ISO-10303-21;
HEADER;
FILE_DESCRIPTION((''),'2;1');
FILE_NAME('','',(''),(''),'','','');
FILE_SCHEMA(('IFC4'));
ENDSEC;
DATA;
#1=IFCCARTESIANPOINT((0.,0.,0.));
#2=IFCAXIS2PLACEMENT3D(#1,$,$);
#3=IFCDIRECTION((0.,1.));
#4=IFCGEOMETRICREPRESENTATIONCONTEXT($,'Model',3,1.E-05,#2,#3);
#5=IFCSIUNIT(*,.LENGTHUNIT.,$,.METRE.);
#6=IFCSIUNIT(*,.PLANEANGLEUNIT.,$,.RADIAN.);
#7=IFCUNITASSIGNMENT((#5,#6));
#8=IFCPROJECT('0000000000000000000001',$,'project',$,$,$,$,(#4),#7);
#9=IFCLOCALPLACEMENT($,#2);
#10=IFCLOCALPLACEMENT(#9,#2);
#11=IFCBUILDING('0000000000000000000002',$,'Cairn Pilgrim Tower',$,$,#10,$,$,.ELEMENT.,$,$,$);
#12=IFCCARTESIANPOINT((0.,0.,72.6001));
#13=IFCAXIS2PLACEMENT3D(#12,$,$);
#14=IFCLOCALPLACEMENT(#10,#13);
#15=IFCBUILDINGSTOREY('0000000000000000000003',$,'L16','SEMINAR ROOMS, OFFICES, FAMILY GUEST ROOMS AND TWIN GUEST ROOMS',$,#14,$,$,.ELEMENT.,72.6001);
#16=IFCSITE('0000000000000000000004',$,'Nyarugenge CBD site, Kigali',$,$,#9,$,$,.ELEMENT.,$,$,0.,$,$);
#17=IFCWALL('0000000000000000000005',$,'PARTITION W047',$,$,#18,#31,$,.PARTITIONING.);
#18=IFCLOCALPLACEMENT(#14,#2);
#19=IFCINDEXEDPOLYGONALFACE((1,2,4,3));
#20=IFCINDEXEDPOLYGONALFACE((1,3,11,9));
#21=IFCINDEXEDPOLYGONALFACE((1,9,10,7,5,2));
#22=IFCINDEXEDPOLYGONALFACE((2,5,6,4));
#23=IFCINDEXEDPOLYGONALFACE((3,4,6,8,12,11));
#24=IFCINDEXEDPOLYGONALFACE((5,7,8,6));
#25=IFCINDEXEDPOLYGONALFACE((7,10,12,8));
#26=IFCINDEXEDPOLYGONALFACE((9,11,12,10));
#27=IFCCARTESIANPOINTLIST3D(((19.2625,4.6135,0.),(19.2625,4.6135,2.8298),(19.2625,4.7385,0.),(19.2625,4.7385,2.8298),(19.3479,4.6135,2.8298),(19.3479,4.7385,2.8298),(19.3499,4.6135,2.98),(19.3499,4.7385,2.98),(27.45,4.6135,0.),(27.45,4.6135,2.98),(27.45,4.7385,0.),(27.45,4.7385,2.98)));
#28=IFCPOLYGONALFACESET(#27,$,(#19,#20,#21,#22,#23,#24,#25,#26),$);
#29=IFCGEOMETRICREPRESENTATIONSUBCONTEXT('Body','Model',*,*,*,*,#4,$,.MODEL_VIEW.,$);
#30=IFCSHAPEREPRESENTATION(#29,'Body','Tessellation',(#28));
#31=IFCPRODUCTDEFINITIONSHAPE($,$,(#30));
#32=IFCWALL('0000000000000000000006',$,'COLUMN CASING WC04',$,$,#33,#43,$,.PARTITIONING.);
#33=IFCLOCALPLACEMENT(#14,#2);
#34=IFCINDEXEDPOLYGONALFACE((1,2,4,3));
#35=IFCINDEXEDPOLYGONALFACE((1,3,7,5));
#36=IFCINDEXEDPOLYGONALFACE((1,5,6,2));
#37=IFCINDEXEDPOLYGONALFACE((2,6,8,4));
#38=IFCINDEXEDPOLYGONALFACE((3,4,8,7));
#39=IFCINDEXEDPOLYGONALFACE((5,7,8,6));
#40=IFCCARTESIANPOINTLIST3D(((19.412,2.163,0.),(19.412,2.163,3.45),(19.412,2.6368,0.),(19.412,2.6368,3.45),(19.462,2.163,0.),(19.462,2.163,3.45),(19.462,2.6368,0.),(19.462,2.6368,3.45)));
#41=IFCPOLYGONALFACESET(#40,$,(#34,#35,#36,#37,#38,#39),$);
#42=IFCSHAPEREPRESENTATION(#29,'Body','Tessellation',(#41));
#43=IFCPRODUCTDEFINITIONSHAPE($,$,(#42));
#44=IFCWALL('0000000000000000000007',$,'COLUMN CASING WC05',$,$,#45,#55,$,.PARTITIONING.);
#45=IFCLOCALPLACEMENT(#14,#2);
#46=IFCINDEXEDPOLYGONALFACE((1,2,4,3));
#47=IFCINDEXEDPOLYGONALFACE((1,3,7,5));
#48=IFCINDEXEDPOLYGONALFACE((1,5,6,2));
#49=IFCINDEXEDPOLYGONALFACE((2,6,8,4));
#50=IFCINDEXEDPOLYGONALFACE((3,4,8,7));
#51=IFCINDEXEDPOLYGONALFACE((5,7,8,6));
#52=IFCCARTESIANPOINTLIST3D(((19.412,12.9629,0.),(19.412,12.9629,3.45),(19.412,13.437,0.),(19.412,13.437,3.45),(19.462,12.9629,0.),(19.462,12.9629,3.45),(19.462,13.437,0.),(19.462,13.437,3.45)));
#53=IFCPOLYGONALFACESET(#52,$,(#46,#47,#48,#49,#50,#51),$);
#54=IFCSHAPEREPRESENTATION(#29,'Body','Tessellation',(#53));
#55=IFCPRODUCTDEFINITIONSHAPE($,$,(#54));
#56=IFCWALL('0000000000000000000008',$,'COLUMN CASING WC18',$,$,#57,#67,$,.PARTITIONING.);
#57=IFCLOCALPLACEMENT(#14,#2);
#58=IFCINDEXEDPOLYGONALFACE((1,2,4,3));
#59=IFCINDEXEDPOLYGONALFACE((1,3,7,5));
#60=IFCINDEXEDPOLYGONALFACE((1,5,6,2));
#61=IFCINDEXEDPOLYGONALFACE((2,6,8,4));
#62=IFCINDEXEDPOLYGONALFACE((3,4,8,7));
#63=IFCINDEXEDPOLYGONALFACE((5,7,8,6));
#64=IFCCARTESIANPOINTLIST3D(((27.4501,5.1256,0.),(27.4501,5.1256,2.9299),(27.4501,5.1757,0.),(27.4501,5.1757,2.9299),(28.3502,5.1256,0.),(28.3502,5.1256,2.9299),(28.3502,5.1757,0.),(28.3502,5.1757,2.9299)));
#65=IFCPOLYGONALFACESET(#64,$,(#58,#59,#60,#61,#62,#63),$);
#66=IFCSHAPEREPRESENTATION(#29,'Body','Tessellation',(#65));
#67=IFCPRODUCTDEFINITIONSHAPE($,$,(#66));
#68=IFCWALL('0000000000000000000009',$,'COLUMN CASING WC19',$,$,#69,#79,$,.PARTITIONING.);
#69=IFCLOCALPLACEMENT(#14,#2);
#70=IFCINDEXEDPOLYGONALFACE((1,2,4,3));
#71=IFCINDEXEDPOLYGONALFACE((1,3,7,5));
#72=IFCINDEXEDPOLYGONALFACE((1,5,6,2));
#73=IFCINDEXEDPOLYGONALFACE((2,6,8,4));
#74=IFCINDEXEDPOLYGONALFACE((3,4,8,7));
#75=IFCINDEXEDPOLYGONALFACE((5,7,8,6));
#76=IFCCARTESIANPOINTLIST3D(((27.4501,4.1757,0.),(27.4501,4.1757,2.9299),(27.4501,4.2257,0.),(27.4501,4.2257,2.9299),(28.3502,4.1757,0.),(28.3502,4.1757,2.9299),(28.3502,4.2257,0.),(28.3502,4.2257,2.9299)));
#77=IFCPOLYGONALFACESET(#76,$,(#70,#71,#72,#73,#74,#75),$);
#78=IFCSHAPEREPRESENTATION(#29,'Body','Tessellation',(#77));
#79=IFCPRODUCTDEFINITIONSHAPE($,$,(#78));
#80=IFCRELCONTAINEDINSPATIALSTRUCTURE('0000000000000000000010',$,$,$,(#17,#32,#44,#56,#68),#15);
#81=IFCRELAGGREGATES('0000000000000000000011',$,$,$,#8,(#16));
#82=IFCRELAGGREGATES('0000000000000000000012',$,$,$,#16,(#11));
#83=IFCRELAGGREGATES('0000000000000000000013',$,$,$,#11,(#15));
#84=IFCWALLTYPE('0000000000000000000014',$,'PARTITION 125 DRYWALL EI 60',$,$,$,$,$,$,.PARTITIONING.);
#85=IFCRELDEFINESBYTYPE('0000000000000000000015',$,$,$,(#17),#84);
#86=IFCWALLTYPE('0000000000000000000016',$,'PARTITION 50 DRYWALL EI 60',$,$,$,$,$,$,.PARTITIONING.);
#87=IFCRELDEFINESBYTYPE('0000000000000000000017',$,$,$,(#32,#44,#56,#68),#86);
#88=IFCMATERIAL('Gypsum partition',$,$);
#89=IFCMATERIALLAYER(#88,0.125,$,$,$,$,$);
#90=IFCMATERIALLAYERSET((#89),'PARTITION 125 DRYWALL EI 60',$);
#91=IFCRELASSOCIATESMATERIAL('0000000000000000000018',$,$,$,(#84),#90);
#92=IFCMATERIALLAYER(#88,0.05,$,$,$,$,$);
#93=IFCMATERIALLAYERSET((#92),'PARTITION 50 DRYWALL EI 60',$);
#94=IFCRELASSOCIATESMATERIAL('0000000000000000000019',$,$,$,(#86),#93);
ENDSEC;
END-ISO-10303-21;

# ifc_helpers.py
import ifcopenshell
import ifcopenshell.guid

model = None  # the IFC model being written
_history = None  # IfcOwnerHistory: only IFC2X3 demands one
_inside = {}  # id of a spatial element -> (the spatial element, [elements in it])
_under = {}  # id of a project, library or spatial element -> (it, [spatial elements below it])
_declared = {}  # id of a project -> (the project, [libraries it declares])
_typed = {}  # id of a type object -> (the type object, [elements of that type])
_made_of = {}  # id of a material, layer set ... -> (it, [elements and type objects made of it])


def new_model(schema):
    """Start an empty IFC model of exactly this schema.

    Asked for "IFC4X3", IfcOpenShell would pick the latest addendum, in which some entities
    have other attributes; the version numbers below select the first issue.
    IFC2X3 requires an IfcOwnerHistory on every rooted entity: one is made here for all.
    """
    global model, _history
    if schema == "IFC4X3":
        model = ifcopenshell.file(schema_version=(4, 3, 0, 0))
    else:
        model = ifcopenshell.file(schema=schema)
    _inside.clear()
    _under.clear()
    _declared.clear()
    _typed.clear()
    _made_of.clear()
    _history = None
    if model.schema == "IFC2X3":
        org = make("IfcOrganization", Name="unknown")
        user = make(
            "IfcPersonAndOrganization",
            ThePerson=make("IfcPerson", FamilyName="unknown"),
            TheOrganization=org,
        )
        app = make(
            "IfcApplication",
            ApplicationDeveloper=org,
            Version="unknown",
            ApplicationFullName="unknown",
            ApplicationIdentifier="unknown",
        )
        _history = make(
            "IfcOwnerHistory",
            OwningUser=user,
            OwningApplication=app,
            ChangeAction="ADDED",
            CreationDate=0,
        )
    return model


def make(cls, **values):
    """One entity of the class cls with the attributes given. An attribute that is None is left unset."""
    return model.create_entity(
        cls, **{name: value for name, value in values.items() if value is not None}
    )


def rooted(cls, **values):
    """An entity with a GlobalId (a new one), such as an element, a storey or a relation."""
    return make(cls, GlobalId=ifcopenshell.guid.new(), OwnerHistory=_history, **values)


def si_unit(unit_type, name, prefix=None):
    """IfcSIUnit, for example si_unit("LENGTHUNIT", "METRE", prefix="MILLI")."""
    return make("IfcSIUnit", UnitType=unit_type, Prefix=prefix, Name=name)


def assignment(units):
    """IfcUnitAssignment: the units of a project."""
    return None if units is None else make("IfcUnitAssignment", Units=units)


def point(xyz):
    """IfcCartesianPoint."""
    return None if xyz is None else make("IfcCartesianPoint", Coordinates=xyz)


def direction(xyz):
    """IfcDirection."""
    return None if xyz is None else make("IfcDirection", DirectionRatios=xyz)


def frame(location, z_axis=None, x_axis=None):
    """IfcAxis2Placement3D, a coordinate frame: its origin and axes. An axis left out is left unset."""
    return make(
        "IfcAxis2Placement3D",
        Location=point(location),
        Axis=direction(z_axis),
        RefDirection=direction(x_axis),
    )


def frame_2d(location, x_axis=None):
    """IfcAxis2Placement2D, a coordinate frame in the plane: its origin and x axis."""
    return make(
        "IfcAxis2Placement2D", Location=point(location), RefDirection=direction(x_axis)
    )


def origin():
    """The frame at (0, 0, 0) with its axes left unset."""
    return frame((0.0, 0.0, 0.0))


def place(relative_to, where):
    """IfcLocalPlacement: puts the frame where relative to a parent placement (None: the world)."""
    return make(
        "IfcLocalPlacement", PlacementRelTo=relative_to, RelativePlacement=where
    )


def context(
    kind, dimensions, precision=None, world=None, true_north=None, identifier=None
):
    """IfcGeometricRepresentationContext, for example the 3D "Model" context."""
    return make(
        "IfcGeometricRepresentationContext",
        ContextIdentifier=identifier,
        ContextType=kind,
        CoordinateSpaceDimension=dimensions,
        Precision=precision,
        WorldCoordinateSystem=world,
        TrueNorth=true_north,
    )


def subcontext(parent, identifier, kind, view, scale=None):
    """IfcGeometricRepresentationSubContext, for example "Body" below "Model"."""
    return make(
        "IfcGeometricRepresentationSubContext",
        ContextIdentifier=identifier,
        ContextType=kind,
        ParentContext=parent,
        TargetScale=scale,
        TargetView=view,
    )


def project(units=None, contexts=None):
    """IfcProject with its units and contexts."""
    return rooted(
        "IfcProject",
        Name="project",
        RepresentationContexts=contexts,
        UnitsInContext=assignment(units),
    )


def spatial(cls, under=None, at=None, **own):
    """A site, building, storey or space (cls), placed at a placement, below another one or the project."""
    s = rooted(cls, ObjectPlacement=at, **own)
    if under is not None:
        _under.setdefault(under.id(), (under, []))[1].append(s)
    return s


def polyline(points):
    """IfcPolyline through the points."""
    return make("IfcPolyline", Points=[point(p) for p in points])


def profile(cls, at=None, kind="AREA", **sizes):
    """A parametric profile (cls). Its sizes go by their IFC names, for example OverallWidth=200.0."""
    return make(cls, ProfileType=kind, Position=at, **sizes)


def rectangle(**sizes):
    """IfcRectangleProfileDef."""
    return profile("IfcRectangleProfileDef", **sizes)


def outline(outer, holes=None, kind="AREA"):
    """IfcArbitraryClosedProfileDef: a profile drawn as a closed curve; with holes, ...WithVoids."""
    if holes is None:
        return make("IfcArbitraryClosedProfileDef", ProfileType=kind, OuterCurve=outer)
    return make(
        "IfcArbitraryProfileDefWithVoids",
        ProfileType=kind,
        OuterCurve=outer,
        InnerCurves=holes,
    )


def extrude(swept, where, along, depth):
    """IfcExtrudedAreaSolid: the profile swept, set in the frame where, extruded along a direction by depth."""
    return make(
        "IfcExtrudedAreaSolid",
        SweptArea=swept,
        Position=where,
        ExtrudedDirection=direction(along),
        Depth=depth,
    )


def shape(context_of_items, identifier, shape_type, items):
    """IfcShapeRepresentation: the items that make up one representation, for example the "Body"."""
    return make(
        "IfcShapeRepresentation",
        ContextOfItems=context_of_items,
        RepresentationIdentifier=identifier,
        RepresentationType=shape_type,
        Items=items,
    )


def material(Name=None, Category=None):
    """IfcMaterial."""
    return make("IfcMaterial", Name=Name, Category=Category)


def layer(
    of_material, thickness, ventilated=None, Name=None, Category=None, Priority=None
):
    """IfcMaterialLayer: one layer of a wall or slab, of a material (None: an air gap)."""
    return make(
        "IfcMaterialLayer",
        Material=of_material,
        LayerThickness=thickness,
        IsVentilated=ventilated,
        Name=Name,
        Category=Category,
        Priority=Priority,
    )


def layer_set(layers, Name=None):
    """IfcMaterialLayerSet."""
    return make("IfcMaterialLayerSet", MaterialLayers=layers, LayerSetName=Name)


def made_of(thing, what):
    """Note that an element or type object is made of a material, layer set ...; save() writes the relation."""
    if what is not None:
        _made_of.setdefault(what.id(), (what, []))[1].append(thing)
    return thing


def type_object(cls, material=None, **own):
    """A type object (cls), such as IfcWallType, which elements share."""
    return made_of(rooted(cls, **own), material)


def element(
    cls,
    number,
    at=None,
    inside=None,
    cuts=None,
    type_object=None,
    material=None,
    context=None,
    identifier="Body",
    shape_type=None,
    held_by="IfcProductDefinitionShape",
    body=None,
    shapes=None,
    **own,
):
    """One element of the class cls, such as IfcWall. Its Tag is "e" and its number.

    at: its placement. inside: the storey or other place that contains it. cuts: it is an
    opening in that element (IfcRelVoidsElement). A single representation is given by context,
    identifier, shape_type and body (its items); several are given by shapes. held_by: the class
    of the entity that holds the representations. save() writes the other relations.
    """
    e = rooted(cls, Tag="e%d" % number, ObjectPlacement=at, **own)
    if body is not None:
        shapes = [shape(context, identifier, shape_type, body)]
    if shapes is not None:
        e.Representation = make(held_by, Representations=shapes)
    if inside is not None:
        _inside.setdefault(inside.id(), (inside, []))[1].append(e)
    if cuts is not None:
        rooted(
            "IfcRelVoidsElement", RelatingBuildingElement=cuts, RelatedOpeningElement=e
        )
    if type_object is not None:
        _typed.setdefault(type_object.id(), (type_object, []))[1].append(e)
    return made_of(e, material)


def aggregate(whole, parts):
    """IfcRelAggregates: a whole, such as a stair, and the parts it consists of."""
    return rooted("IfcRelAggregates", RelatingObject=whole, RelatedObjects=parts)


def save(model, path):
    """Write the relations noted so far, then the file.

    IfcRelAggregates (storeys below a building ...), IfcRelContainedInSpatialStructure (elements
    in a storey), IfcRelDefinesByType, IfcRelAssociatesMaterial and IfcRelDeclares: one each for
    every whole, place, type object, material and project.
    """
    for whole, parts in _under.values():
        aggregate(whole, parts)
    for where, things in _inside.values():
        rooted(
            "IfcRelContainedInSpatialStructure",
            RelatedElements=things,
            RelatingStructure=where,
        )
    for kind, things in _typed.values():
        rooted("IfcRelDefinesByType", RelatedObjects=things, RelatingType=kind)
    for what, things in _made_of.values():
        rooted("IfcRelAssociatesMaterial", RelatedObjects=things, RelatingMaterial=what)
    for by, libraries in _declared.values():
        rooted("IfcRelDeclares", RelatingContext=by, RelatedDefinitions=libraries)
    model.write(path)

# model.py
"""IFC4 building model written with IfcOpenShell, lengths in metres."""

from ifc_helpers import new_model, si_unit, direction, frame, frame_2d, origin, place, context, subcontext, project, spatial, polyline, rectangle, outline, extrude, material, layer, layer_set, type_object, element, save


model = new_model("IFC4")

# Units and contexts
model_context = context("Model", 3, precision=1e-05, world=origin(), true_north=direction((0.0, 1.0)))
body_context = subcontext(model_context, "Body", "Model", "MODEL_VIEW")
ifc_project = project(units=[si_unit("LENGTHUNIT", "METRE"), si_unit("PLANEANGLEUNIT", "RADIAN")], contexts=[model_context])

# Site, building, storey
site_placement = place(None, origin())
site = spatial("IfcSite", under=ifc_project, at=site_placement, Name="Nyarugenge CBD site, Kigali", CompositionType="ELEMENT", RefElevation=0.0)
building_placement = place(site_placement, origin())
building = spatial("IfcBuilding", under=site, at=building_placement, Name="Cairn Pilgrim Tower", CompositionType="ELEMENT")
storey_placement = place(building_placement, frame((0.0, 0.0, 72.6001)))
storey = spatial("IfcBuildingStorey", under=building, at=storey_placement, Name="L16", Description="SEMINAR ROOMS, OFFICES, FAMILY GUEST ROOMS AND TWIN GUEST ROOMS", CompositionType="ELEMENT", Elevation=72.6001)

# Shared definitions
ifc_material_1 = material(Name="Gypsum partition")
ifc_layer_1 = layer(ifc_material_1, 0.125)
ifc_layer_set_1 = layer_set([ifc_layer_1], Name="PARTITION 125 DRYWALL EI 60")
wall_type_1 = type_object("IfcWallType", Name="PARTITION 125 DRYWALL EI 60", PredefinedType="PARTITIONING", material=ifc_layer_set_1)

# Walls
wall_1_placement = place(storey_placement, frame((19.2625, 4.676, 0.0), z_axis=(0.0, 0.0, 1.0), x_axis=(1.0, 0.0, 0.0)))
element("IfcWall", 1, at=wall_1_placement, inside=storey, type_object=wall_type_1, Name="PARTITION W047", PredefinedType="PARTITIONING", context=body_context, shape_type="SweptSolid", body=[
    extrude(outline(polyline([(0.0, 0.0), (8.1875, 0.0), (8.1875, 2.98), (0.0874, 2.98), (0.0854, 2.8298), (0.0, 2.8298), (0.0, 0.0)])), frame((0.0, 0.0625, 0.0), z_axis=(0.0, -1.0, 0.0), x_axis=(1.0, 0.0, 0.0)), (0.0, 0.0, 1.0), 0.125),
])
ifc_layer_2 = layer(ifc_material_1, 0.05)
ifc_layer_set_2 = layer_set([ifc_layer_2], Name="PARTITION 50 DRYWALL EI 60")
wall_type_2 = type_object("IfcWallType", Name="PARTITION 50 DRYWALL EI 60", PredefinedType="PARTITIONING", material=ifc_layer_set_2)
wall_2_placement = place(storey_placement, frame((19.437, 2.1631, 0.0), z_axis=(0.0, 0.0, 1.0), x_axis=(0.0, 1.0, 0.0)))
element("IfcWall", 2, at=wall_2_placement, inside=storey, type_object=wall_type_2, Name="COLUMN CASING WC04", PredefinedType="PARTITIONING", context=body_context, shape_type="SweptSolid", body=[
    extrude(rectangle(XDim=0.4739, YDim=0.05, at=frame_2d((0.2368, 0.0))), origin(), (0.0, 0.0, 1.0), 3.45),
])
wall_3_placement = place(storey_placement, frame((19.437, 12.9629, 0.0), z_axis=(0.0, 0.0, 1.0), x_axis=(0.0, 1.0, 0.0)))
element("IfcWall", 3, at=wall_3_placement, inside=storey, type_object=wall_type_2, Name="COLUMN CASING WC05", PredefinedType="PARTITIONING", context=body_context, shape_type="SweptSolid", body=[
    extrude(rectangle(XDim=0.4741, YDim=0.05, at=frame_2d((0.2371, 0.0))), origin(), (0.0, 0.0, 1.0), 3.45),
])
for number, where, z_axis, x_axis, name in (
    (4, (27.45, 5.1506, 0.0), (0.0, 0.0, 1.0), (1.0, 0.0, 0.0), "COLUMN CASING WC18"),
    (5, (27.45, 4.2007, 0.0), (0.0, 0.0, 1.0), (1.0, 0.0, 0.0), "COLUMN CASING WC19"),
):
    element("IfcWall", number, at=place(storey_placement, frame(where, z_axis=z_axis, x_axis=x_axis)), inside=storey, type_object=wall_type_2, Name=name, PredefinedType="PARTITIONING", context=body_context, shape_type="SweptSolid", body=[
        extrude(rectangle(XDim=0.9001, YDim=0.05, at=frame_2d((0.4502, 0.0))), origin(), (0.0, 0.0, 1.0), 2.9299),
    ])

save(model, "model.ifc")
